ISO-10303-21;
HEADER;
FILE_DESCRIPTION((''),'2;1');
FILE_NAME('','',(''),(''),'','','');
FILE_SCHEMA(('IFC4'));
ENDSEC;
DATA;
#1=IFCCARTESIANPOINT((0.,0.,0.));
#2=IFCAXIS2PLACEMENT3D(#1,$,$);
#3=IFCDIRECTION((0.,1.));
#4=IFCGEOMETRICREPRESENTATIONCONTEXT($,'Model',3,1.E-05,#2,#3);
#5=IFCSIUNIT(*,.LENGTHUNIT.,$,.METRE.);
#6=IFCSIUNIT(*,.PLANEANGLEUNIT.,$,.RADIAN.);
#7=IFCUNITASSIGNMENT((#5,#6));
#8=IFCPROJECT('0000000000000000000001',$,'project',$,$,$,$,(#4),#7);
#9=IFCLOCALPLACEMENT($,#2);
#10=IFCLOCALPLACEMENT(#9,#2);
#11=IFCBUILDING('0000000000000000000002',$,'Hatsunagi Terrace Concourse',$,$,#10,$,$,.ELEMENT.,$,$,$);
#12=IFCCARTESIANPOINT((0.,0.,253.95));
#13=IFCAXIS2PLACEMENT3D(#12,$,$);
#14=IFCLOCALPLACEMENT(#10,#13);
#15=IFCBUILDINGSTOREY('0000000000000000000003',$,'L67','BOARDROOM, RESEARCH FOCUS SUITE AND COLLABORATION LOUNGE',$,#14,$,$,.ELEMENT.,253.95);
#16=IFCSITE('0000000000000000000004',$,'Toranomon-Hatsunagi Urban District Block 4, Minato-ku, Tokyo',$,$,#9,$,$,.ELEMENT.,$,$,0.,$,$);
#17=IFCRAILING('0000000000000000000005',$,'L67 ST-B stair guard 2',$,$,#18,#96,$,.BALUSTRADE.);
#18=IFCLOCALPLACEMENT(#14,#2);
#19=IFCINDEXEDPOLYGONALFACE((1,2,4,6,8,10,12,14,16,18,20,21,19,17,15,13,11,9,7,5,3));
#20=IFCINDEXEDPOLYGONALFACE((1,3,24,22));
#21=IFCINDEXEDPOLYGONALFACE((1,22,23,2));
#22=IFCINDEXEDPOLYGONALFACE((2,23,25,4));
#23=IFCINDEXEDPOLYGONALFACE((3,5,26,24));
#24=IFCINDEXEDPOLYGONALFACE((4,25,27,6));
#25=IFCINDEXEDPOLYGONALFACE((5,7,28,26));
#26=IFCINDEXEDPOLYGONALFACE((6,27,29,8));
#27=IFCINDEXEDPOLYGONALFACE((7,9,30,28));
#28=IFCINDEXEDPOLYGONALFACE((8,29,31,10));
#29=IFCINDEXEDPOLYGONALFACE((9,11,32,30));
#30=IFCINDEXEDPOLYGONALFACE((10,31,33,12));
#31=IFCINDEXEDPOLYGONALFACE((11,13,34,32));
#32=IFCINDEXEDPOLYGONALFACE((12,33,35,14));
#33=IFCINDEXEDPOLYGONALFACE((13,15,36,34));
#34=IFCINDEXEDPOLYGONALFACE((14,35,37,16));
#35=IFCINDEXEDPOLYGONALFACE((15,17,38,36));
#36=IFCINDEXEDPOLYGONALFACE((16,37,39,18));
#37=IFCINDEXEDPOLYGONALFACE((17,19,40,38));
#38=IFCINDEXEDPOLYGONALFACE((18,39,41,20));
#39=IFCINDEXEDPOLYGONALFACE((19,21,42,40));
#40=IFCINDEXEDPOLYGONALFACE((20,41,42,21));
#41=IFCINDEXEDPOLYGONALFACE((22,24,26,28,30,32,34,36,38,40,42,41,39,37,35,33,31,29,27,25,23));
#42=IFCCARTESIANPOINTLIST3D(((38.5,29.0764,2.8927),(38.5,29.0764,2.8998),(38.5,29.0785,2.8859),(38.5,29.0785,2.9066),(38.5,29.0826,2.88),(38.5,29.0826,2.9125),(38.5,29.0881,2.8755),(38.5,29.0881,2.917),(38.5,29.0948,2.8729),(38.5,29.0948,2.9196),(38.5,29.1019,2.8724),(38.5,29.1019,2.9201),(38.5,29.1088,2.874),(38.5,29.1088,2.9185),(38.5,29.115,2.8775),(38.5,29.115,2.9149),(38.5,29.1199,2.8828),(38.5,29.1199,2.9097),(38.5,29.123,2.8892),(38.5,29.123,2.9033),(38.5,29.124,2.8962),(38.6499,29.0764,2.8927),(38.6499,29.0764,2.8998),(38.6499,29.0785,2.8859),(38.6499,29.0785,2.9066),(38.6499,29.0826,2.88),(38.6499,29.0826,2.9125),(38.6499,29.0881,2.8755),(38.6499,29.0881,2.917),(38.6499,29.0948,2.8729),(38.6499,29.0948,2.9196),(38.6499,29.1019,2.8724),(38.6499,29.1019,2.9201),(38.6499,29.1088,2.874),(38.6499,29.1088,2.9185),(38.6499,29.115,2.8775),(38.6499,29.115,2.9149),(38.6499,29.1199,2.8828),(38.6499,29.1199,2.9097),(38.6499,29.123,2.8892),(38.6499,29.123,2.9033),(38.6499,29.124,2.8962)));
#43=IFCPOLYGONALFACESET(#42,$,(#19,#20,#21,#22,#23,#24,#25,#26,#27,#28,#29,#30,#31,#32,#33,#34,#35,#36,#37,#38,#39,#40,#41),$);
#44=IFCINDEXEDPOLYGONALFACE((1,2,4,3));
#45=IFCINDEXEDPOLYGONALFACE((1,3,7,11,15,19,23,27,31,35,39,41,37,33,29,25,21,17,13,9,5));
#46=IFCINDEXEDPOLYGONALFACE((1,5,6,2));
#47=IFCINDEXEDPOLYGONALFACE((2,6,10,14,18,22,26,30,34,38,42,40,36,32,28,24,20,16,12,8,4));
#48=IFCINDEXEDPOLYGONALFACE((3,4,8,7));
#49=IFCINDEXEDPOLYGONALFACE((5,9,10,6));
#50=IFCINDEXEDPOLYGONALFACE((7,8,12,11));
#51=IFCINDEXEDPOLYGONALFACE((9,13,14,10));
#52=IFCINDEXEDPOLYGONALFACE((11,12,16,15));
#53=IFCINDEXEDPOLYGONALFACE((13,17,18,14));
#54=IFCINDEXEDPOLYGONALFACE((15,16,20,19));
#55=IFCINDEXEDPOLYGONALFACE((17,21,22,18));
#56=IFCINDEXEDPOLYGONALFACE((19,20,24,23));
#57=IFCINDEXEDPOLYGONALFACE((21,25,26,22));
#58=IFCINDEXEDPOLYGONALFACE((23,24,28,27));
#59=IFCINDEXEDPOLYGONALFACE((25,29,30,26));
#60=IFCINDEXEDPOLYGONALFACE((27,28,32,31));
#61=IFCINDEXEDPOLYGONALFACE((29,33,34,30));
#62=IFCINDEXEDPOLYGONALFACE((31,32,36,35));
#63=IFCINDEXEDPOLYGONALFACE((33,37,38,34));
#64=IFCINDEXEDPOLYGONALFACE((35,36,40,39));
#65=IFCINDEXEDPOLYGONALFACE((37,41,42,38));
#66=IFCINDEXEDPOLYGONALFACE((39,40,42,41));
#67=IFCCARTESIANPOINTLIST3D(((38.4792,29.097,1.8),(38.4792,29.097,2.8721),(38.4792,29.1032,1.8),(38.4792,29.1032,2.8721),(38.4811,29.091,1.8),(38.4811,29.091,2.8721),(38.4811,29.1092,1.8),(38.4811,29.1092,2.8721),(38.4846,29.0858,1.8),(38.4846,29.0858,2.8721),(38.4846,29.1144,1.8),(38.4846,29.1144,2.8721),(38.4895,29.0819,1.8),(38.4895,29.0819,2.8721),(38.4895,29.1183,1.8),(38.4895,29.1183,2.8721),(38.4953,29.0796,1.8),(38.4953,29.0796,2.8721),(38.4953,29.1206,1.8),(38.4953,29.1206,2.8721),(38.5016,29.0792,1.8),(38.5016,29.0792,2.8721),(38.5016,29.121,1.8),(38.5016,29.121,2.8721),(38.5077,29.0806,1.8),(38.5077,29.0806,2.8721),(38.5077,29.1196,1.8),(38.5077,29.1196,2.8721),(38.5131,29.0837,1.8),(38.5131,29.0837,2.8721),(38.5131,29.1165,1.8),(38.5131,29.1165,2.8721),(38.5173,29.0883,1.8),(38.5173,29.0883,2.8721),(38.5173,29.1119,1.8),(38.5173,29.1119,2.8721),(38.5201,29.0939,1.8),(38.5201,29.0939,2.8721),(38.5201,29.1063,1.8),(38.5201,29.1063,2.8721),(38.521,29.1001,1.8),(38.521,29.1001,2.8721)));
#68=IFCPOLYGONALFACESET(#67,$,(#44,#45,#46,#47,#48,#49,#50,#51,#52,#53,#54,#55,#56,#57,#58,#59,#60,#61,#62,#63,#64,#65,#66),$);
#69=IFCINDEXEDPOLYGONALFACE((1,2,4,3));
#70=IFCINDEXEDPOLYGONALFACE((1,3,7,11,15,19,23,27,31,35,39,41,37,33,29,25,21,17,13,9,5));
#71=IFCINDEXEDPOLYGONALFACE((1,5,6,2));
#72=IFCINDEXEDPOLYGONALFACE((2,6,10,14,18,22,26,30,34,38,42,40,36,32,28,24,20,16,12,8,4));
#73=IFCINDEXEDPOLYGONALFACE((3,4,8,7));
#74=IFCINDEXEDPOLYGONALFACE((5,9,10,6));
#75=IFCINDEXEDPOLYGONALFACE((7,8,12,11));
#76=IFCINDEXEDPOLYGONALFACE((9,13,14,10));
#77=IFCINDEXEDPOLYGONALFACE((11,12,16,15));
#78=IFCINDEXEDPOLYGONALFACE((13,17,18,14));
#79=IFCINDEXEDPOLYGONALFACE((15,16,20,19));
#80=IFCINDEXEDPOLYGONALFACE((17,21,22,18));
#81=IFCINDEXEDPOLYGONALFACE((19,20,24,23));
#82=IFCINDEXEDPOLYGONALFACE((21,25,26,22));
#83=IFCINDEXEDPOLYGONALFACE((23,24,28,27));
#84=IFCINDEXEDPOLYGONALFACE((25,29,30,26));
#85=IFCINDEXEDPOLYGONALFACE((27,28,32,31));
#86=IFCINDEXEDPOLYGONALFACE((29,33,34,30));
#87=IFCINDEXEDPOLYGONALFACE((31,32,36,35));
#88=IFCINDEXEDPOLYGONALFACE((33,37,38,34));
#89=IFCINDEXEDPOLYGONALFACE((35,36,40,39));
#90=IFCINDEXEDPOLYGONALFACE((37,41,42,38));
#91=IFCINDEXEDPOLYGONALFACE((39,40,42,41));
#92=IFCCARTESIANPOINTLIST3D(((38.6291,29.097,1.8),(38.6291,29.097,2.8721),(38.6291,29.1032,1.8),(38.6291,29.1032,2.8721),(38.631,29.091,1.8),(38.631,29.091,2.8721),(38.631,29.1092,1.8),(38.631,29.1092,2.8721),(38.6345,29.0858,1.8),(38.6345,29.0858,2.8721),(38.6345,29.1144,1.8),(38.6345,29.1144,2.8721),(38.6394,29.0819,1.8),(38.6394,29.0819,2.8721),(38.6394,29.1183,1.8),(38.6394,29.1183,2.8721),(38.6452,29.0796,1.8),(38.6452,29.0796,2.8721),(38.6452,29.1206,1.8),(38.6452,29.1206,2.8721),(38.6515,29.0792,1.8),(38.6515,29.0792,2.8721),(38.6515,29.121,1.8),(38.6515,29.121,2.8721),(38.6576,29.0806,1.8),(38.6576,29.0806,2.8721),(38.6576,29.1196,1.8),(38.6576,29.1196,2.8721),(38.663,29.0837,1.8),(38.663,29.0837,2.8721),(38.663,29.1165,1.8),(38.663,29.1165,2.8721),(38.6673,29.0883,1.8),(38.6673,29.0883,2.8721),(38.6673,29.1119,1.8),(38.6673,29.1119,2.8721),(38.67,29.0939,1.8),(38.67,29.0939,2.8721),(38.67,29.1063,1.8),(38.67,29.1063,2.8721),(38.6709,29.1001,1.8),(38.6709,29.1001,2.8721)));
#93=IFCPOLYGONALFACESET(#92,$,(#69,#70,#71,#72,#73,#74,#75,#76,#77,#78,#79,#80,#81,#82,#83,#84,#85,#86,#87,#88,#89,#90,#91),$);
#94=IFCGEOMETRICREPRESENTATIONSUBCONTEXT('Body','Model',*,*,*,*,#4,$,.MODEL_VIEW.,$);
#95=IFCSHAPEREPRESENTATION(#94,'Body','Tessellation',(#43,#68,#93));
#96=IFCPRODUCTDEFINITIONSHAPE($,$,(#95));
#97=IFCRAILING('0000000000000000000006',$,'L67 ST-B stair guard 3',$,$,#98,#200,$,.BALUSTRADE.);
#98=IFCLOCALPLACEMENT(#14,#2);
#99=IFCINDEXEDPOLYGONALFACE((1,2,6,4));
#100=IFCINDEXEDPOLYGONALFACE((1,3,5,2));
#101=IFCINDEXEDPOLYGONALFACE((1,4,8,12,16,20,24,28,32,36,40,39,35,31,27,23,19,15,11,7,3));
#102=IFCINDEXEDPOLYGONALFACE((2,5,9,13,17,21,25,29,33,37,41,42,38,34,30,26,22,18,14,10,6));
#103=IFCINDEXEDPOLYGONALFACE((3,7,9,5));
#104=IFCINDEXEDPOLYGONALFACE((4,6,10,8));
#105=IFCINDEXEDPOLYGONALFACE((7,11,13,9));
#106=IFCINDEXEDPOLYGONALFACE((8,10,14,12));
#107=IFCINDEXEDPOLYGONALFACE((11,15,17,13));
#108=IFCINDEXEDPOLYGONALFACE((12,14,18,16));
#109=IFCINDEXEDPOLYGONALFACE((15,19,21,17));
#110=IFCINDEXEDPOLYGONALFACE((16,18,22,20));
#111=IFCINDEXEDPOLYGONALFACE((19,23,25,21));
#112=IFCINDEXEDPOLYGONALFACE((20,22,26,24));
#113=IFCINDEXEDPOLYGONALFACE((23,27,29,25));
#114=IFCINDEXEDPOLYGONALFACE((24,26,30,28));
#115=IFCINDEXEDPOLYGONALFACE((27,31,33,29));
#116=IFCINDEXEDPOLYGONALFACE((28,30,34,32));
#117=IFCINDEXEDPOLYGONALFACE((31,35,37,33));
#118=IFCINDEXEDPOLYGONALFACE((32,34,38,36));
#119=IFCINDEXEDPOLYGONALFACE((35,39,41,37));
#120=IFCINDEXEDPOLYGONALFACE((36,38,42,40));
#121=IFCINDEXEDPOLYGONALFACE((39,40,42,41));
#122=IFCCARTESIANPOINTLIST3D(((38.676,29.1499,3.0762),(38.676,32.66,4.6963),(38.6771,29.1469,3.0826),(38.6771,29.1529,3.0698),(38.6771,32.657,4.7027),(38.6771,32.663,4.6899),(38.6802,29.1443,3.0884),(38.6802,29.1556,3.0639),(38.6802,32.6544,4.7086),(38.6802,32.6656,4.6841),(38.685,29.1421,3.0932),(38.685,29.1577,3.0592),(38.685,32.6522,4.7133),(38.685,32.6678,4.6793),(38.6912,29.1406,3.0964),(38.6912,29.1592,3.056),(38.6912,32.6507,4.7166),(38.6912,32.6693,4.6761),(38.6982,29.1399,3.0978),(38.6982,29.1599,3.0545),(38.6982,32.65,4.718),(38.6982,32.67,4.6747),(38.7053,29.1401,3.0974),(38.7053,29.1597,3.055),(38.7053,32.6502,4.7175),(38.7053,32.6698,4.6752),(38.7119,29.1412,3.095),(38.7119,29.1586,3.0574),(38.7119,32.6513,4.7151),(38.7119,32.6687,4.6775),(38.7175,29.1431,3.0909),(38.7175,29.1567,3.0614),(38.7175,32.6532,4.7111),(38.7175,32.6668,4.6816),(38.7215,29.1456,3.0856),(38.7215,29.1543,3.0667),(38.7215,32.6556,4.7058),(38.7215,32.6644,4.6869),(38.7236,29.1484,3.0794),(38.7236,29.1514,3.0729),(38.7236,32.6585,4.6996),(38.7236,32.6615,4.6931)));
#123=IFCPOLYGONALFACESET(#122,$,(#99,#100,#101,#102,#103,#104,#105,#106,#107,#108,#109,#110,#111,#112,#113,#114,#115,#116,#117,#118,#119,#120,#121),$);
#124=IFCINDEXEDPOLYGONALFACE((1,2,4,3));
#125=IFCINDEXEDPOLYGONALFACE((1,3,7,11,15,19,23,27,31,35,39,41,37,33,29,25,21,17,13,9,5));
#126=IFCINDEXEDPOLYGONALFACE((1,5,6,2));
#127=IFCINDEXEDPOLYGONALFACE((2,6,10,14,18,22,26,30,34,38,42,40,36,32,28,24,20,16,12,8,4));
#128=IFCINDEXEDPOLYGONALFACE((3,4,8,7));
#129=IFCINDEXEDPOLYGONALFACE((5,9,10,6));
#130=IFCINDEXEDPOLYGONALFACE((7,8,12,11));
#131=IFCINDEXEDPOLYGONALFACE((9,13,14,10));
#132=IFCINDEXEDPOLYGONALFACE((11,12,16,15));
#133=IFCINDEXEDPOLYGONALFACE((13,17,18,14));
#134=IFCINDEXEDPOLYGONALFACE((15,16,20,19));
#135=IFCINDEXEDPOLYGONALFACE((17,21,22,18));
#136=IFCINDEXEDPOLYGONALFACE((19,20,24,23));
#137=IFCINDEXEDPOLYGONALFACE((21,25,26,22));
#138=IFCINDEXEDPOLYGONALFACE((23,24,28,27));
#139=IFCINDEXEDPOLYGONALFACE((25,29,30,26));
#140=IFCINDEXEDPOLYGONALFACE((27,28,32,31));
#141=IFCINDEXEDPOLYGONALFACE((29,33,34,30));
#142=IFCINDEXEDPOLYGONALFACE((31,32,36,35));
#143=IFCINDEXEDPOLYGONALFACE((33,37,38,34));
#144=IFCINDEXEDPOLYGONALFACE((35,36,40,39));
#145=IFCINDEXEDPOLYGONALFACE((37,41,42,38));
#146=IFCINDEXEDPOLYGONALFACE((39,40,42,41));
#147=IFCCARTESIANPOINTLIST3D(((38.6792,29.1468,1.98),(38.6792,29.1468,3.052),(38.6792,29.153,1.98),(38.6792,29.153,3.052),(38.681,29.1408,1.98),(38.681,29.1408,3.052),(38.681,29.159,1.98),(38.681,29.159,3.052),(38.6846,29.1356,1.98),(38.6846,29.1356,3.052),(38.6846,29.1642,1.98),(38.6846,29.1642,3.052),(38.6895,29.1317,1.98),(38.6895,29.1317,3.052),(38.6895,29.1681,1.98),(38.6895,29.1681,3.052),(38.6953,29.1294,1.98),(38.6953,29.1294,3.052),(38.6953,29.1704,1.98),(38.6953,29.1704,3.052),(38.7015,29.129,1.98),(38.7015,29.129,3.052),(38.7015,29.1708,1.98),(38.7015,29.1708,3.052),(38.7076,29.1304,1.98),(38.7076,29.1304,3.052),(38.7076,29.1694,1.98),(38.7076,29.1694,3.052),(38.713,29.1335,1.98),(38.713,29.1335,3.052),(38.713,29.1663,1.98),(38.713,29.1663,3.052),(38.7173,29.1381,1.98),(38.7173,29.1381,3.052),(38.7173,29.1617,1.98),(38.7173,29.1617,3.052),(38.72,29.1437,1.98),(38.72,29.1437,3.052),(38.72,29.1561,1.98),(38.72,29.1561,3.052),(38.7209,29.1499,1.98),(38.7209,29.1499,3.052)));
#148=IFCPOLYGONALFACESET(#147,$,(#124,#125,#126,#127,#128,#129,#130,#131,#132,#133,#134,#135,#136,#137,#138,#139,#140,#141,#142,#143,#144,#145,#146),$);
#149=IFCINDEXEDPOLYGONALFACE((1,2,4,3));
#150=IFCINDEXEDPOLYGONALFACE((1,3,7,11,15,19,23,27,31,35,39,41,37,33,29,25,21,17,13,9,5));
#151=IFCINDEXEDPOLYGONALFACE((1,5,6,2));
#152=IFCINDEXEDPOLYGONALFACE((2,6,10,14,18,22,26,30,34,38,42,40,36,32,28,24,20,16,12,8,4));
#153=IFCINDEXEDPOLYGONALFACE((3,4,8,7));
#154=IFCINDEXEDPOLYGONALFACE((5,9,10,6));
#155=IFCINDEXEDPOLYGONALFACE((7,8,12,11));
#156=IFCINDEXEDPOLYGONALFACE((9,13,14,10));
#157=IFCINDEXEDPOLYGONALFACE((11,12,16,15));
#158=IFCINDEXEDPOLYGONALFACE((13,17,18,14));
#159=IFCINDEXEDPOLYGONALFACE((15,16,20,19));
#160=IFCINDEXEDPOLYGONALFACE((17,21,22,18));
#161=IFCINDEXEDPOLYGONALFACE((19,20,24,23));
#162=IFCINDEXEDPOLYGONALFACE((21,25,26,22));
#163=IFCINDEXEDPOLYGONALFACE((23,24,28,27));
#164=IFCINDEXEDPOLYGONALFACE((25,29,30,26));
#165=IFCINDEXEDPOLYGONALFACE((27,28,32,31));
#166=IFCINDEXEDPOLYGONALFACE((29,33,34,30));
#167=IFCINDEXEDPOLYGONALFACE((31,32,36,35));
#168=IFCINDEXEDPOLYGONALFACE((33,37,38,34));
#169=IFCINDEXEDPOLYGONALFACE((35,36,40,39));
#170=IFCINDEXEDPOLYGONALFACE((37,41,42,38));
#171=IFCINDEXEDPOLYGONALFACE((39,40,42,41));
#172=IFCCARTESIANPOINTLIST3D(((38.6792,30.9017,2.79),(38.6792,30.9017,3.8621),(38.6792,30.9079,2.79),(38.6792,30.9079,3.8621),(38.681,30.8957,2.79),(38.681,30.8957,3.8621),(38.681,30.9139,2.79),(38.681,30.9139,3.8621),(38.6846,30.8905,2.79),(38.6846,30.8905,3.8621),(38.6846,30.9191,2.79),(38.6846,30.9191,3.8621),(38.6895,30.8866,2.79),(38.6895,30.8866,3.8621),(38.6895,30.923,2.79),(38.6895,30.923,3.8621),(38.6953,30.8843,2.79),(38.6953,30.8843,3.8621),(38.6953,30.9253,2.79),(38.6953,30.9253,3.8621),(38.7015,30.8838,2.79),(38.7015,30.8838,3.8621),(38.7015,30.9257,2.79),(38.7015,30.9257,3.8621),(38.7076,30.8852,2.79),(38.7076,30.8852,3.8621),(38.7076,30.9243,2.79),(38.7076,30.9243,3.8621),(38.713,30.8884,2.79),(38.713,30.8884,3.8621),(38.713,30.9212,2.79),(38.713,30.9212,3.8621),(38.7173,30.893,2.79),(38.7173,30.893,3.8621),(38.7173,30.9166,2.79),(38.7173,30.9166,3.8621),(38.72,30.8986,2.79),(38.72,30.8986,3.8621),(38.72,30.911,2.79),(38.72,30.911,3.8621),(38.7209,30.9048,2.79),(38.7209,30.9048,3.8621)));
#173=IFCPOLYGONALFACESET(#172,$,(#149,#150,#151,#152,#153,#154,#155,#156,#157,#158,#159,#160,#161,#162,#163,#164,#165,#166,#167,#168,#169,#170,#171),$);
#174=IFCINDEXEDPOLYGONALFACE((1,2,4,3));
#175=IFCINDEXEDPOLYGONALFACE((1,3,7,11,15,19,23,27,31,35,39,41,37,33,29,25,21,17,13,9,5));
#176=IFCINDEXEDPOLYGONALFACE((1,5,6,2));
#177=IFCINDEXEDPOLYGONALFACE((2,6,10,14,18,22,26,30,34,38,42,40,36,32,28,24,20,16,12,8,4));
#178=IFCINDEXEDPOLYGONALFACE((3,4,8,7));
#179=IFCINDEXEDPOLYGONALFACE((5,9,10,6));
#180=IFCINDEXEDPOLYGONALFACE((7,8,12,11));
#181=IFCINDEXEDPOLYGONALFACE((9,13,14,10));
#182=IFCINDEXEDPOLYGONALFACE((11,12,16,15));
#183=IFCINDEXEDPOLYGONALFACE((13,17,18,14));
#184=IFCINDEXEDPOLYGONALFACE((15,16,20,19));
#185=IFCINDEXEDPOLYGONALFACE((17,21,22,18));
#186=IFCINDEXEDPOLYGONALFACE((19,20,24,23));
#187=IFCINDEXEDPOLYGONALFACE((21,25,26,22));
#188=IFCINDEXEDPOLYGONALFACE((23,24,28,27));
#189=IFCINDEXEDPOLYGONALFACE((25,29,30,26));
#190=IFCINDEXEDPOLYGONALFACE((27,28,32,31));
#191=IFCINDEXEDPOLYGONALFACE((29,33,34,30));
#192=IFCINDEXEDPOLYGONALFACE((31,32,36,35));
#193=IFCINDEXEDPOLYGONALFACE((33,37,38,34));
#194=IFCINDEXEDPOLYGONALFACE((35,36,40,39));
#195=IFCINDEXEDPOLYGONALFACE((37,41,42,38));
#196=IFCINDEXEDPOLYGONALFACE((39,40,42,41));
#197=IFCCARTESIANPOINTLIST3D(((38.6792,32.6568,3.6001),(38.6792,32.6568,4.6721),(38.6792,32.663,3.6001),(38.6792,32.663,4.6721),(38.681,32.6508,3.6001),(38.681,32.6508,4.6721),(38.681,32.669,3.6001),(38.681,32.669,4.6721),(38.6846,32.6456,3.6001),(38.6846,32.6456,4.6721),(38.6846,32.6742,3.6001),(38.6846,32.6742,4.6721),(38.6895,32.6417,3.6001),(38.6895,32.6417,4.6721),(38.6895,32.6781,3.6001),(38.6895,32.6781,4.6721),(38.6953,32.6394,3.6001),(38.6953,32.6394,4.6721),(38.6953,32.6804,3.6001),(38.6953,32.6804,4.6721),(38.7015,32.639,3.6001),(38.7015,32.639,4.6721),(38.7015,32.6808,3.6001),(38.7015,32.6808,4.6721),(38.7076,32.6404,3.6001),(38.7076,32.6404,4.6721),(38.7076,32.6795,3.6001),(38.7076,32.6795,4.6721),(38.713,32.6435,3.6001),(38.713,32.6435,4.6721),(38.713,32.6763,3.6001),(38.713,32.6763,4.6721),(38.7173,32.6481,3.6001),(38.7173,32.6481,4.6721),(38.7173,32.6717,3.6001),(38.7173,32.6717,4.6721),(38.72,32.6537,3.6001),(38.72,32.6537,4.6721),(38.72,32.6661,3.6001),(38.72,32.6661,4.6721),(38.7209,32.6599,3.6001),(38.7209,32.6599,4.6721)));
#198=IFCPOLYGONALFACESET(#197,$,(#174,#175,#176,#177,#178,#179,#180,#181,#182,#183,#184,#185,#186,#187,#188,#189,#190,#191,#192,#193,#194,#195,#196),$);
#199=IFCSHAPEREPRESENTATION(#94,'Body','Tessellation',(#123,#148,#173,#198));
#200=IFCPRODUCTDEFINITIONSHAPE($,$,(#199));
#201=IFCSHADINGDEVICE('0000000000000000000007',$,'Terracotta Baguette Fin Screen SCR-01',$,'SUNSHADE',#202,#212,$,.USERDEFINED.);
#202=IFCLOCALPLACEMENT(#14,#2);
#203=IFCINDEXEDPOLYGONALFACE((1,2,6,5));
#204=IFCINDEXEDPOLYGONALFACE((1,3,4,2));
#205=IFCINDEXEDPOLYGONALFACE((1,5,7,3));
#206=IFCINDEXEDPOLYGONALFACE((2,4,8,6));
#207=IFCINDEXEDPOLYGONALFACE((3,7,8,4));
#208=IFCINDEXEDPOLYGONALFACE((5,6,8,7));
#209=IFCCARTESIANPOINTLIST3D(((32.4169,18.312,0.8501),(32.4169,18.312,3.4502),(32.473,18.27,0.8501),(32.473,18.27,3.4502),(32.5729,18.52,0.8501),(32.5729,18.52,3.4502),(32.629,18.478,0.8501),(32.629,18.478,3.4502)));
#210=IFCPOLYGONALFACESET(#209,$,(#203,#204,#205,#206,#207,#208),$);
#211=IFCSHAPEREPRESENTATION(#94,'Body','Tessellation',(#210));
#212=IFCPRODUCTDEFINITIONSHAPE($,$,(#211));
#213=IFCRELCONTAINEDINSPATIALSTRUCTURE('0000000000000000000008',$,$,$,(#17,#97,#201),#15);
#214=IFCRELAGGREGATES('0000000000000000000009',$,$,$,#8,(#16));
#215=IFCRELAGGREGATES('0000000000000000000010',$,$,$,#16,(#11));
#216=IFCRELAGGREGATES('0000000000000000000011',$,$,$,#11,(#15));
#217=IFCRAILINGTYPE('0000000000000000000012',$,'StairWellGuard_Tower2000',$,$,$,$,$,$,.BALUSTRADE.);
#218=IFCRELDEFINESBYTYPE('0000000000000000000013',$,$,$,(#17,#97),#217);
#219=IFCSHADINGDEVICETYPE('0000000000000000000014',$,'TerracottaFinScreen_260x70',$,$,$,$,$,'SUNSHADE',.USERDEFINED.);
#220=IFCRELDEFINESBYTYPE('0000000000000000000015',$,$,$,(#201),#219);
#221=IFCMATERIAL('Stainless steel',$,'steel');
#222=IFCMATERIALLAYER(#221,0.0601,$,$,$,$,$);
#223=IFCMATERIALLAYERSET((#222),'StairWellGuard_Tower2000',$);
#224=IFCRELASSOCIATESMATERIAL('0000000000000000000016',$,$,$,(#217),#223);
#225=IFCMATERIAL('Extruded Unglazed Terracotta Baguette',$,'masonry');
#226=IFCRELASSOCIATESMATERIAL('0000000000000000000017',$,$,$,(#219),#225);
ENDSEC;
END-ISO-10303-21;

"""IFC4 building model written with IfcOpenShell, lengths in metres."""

from ifc_helpers import new_model, si_unit, direction, frame, origin, origin_2d, place, context, subcontext, project, spatial, rectangle, circle, extrude, material, layer, layer_set, type_object, element, save


model = new_model("IFC4")

# Units and contexts
model_context = context("Model", 3, precision=1e-05, world=origin(), true_north=direction((0.0, 1.0)))
body_context = subcontext(model_context, "Body", "Model", "MODEL_VIEW")
ifc_project = project(units=[si_unit("LENGTHUNIT", "METRE"), si_unit("PLANEANGLEUNIT", "RADIAN")], contexts=[model_context])

# Site, building, storey
site_placement = place(None, origin())
site = spatial("IfcSite", under=ifc_project, at=site_placement, Name="Toranomon-Hatsunagi Urban District Block 4, Minato-ku, Tokyo", CompositionType="ELEMENT", RefElevation=0.0)
building_placement = place(site_placement, origin())
building = spatial("IfcBuilding", under=site, at=building_placement, Name="Hatsunagi Terrace Concourse", CompositionType="ELEMENT")
storey_placement = place(building_placement, frame((0.0, 0.0, 253.95)))
storey = spatial("IfcBuildingStorey", under=building, at=storey_placement, Name="L67", Description="BOARDROOM, RESEARCH FOCUS SUITE AND COLLABORATION LOUNGE", CompositionType="ELEMENT", Elevation=253.95)

# Railings
ifc_material_1 = material(Name="Stainless steel", Category="steel")
ifc_layer_1 = layer(ifc_material_1, 0.0601)
ifc_layer_set_1 = layer_set([ifc_layer_1], Name="StairWellGuard_Tower2000")
railing_type_1 = type_object("IfcRailingType", Name="StairWellGuard_Tower2000", PredefinedType="BALUSTRADE", material=ifc_layer_set_1)
railing_1_placement = place(storey_placement, frame((38.5, 29.1001, 1.8)))
element("IfcRailing", 1, at=railing_1_placement, inside=storey, type_object=railing_type_1, Name="L67 ST-B stair guard 2", PredefinedType="BALUSTRADE", context=body_context, shape_type="SweptSolid", body=[
    extrude(circle(Radius=0.0239, at=origin_2d()), frame((0.0, 0.0, 1.0962), z_axis=(1.0, 0.0, 0.0), x_axis=(0.0, 1.0, 0.0)), (0.0, 0.0, 1.0), 0.1499),
    extrude(circle(Radius=0.021, at=origin_2d()), origin(), (0.0, 0.0, 1.0), 1.072),
    extrude(circle(Radius=0.021, at=origin_2d()), frame((0.1499, 0.0, 0.0)), (0.0, 0.0, 1.0), 1.072),
])
railing_2_placement = place(storey_placement, frame((38.7, 29.1499, 1.98)))
element("IfcRailing", 2, at=railing_2_placement, inside=storey, type_object=railing_type_1, Name="L67 ST-B stair guard 3", PredefinedType="BALUSTRADE", context=body_context, shape_type="SweptSolid", body=[
    extrude(circle(Radius=0.0239, at=origin_2d()), frame((0.0, 0.0, 1.0962), z_axis=(0.0, 0.907948, 0.419082), x_axis=(-1.0, 0.0, 0.0)), (0.0, 0.0, 1.0), 3.866),
    extrude(circle(Radius=0.021, at=origin_2d()), origin(), (0.0, 0.0, 1.0), 1.072),
    extrude(circle(Radius=0.021, at=origin_2d()), frame((0.0, 1.7549, 0.8101)), (0.0, 0.0, 1.0), 1.072),
    extrude(circle(Radius=0.021, at=origin_2d()), frame((0.0, 3.51, 1.6201)), (0.0, 0.0, 1.0), 1.072),
])

# Shading device
ifc_material_2 = material(Name="Extruded Unglazed Terracotta Baguette", Category="masonry")
shading_device_type = type_object("IfcShadingDeviceType", Name="TerracottaFinScreen_260x70", ElementType="SUNSHADE", PredefinedType="USERDEFINED", material=ifc_material_2)
shading_device_placement = place(storey_placement, frame((32.5229, 18.395, 0.8501), z_axis=(0.0, 0.0, 1.0), x_axis=(-0.800007, 0.59999, 0.0)))
element("IfcShadingDevice", 3, at=shading_device_placement, inside=storey, type_object=shading_device_type, Name="Terracotta Baguette Fin Screen SCR-01", ObjectType="SUNSHADE", PredefinedType="USERDEFINED", context=body_context, shape_type="SweptSolid", body=[
    extrude(rectangle(XDim=0.0701, YDim=0.26, at=origin_2d()), origin(), (0.0, 0.0, 1.0), 2.6001),
])

save(model, "model.ifc")
